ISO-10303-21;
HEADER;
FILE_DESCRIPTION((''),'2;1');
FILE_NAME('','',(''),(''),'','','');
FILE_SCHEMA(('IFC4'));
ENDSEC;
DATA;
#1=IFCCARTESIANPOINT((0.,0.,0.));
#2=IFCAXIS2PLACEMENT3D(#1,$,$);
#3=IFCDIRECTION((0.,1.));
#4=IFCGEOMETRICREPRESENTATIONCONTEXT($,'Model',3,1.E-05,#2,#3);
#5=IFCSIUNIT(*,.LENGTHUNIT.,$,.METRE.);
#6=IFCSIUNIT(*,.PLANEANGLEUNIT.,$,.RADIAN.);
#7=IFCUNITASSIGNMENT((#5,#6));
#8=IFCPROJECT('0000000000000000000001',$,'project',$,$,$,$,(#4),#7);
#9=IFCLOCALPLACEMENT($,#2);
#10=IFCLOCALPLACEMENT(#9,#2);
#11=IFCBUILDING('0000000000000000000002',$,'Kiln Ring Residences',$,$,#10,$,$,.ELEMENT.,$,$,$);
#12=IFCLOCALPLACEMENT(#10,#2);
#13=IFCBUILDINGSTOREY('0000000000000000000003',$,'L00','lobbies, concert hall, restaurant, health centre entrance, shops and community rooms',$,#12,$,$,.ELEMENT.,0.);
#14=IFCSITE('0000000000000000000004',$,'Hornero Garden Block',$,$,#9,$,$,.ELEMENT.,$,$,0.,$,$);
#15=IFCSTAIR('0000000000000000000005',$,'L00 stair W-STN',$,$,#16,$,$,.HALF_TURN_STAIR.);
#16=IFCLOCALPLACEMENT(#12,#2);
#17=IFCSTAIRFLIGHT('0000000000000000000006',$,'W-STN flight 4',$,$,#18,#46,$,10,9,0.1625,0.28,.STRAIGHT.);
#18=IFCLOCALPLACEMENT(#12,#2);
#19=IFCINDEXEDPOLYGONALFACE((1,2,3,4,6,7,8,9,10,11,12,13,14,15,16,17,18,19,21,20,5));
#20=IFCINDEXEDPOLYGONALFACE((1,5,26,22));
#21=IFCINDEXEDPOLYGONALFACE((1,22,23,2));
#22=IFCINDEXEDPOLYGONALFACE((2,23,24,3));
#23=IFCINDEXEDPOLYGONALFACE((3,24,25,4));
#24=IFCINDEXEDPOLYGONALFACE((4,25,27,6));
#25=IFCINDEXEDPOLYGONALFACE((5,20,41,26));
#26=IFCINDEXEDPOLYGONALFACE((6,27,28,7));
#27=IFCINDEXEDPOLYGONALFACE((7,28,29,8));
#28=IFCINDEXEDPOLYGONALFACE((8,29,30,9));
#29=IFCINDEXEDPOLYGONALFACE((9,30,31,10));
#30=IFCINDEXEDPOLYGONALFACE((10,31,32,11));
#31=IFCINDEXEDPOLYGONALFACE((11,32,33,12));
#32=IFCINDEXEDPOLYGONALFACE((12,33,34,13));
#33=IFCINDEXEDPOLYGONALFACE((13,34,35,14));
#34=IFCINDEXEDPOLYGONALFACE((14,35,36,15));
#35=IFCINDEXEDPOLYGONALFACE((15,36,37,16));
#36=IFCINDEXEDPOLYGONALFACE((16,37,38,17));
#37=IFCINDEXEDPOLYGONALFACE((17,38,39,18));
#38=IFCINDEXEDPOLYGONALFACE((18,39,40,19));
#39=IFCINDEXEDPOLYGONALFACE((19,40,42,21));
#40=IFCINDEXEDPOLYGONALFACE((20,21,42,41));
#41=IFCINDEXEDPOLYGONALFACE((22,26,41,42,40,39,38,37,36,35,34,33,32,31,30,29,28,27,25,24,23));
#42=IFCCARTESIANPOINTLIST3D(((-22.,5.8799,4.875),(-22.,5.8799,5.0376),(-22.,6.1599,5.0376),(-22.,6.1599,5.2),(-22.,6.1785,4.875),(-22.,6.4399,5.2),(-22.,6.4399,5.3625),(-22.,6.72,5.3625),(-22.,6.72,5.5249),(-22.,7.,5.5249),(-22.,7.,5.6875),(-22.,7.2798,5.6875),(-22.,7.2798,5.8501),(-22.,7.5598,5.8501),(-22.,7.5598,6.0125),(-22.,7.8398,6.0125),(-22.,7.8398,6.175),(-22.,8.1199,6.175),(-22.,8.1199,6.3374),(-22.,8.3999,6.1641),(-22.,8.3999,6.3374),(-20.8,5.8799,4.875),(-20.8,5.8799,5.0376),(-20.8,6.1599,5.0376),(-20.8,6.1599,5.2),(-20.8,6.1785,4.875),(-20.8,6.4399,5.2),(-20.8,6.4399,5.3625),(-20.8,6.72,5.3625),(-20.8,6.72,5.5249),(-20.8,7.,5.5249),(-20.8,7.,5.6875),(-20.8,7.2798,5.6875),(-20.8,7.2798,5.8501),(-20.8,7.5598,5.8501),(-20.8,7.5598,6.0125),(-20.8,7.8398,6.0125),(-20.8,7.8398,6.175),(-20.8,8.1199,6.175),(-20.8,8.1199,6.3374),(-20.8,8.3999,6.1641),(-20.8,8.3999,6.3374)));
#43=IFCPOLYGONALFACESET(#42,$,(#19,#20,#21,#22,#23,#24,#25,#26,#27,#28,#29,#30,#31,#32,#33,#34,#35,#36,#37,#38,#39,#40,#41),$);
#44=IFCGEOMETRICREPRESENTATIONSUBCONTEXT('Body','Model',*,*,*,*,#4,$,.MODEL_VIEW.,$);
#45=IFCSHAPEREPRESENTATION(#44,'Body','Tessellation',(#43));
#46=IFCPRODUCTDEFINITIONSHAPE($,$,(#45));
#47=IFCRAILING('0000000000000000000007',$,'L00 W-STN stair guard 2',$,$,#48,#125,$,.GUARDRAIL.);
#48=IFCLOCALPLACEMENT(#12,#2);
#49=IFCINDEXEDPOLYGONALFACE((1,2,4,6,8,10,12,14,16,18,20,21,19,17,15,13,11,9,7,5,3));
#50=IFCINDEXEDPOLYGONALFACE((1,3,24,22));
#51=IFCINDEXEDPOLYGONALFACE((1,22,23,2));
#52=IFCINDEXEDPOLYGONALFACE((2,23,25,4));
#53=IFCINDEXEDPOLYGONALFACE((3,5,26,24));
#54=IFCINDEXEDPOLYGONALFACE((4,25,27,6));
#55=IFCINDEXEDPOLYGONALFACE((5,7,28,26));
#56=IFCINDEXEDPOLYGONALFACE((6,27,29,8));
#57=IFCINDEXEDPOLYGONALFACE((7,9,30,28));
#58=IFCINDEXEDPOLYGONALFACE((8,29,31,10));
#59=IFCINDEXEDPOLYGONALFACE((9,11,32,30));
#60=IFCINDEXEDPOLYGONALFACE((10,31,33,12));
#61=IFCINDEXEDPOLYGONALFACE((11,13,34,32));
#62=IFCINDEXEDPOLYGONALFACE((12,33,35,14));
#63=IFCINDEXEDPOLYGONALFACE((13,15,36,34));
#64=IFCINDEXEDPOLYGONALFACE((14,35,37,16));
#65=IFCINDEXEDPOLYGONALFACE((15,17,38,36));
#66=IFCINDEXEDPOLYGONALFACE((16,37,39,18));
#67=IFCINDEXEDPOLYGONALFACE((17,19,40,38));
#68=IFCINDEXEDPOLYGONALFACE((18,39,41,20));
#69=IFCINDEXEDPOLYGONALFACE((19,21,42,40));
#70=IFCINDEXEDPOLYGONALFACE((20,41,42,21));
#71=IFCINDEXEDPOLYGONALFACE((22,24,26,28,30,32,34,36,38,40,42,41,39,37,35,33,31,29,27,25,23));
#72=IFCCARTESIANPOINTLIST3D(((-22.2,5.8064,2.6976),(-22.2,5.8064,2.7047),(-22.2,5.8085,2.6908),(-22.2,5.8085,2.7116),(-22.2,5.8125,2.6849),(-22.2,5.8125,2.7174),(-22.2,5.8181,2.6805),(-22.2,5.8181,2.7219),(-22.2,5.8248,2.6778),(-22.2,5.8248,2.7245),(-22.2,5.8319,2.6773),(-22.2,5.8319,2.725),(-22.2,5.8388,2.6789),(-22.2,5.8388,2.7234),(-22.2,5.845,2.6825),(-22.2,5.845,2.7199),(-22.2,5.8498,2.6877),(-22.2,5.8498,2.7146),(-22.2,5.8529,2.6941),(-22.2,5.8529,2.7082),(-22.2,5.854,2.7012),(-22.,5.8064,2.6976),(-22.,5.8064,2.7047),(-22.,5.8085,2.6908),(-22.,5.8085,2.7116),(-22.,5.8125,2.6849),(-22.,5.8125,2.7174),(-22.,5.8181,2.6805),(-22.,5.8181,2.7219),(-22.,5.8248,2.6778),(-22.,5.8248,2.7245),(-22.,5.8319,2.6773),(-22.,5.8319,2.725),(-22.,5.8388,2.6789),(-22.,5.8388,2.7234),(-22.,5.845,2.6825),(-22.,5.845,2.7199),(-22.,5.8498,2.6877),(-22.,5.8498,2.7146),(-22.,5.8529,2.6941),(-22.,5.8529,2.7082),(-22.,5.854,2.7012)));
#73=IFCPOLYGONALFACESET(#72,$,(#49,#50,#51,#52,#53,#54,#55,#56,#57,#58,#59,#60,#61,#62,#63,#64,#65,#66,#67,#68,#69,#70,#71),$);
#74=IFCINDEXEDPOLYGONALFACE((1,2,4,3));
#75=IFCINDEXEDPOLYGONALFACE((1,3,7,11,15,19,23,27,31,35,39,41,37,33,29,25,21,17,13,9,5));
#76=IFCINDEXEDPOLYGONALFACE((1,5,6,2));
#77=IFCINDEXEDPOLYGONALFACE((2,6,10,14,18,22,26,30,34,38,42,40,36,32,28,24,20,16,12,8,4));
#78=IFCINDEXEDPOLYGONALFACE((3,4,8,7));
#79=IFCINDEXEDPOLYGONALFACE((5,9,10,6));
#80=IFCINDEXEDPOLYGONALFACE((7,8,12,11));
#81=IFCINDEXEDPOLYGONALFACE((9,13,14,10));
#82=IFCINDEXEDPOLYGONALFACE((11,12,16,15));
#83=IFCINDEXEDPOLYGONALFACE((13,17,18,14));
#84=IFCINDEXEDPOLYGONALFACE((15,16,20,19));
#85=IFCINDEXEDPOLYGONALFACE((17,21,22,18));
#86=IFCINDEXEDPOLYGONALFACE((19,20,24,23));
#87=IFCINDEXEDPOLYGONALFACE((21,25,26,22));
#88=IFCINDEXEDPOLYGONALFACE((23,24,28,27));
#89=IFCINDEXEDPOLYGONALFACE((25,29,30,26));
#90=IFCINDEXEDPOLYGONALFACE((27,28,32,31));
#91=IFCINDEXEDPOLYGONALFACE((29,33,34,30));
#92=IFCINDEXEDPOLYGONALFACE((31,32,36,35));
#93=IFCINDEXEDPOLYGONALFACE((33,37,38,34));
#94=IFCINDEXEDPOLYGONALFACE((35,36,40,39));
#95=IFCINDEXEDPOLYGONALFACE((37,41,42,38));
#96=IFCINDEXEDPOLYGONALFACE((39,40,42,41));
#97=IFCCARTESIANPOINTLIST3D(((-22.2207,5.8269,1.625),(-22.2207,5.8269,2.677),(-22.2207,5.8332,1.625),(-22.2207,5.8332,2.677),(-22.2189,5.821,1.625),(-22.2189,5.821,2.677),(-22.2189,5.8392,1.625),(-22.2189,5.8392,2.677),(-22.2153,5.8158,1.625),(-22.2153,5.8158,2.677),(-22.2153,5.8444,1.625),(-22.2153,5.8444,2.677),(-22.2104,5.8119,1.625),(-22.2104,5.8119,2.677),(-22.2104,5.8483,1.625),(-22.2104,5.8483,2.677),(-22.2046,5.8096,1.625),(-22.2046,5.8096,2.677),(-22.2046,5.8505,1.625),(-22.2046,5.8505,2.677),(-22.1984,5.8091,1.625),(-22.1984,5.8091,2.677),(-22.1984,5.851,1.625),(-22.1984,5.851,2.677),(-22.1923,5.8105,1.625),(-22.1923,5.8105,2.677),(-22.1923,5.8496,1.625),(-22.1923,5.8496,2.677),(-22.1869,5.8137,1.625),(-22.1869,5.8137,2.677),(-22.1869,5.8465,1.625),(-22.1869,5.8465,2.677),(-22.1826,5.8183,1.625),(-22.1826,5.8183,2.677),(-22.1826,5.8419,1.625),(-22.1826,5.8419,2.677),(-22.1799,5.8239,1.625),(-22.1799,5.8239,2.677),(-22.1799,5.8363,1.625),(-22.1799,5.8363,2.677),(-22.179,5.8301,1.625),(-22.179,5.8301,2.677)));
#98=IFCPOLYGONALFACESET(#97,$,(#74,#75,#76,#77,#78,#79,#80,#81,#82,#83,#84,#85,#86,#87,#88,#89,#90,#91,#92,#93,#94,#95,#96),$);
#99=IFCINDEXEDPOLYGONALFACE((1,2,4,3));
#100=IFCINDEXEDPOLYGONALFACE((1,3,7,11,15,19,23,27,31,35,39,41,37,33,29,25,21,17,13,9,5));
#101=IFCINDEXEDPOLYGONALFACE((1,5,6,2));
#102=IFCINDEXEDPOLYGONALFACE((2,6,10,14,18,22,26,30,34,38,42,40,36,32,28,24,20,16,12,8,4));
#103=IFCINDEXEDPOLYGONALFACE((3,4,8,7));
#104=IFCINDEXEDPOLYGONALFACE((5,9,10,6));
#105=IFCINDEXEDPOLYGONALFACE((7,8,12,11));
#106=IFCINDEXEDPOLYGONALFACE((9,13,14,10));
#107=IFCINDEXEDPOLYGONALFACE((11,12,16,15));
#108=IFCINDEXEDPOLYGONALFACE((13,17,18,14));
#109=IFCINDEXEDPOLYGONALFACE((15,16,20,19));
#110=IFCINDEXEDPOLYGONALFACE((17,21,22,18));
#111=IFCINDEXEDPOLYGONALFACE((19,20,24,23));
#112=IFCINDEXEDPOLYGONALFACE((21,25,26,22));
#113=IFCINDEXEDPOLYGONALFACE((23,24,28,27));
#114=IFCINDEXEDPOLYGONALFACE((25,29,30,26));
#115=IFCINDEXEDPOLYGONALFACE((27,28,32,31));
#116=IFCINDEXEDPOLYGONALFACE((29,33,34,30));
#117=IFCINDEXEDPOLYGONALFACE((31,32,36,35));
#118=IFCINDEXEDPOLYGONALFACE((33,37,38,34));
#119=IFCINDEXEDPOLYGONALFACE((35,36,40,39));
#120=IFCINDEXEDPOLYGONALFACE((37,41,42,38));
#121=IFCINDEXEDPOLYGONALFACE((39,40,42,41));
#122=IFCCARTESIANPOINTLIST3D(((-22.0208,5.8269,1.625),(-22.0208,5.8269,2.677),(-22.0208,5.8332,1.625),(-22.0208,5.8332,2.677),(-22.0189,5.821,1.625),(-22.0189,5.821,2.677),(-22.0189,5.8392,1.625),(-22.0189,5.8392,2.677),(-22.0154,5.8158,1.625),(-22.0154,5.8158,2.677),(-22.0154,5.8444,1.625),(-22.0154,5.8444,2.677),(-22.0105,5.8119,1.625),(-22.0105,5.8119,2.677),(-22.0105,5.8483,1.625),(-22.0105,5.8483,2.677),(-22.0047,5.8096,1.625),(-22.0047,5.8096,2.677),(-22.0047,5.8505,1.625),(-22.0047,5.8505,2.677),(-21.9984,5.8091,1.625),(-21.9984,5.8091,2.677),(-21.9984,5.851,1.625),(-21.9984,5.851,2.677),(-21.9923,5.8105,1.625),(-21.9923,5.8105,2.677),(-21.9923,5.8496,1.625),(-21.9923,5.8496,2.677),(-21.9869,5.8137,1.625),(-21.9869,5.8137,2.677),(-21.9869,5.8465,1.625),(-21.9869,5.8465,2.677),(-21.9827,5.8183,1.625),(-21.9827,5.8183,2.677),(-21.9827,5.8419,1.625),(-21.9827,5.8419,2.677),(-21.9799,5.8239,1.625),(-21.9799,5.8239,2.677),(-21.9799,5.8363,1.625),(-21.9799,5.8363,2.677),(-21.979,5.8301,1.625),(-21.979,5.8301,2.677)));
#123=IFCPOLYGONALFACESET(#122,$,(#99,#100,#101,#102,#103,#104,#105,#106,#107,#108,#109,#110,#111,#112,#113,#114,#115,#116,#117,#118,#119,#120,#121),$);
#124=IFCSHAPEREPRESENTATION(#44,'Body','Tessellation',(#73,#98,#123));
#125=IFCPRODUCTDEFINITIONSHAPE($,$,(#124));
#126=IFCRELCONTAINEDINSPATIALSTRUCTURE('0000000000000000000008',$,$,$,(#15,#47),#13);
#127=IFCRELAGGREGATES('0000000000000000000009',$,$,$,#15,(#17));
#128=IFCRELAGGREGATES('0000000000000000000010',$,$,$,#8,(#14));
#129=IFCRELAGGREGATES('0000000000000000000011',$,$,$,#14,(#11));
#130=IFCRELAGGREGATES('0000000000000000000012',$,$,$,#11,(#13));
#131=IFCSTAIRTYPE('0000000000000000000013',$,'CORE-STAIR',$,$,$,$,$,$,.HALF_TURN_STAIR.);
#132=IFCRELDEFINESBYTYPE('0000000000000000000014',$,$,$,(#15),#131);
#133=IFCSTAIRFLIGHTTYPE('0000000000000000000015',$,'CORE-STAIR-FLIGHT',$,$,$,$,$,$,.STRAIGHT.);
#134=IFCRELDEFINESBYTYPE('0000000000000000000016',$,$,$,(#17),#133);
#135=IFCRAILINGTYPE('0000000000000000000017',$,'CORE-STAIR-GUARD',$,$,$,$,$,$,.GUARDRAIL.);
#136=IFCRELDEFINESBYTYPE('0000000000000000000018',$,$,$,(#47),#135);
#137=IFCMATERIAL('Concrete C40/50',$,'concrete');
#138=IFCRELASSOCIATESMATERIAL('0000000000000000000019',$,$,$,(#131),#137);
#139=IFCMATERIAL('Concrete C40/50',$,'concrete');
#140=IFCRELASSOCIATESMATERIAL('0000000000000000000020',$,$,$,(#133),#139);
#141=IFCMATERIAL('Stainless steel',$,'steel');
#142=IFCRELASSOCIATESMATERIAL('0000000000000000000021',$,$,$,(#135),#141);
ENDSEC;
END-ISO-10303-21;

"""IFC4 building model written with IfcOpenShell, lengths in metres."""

from ifc_helpers import new_model, si_unit, direction, frame, origin, origin_2d, place, context, subcontext, project, spatial, polyline, circle, outline, extrude, material, type_object, element, aggregate, save


model = new_model("IFC4")

# Units and contexts
model_context = context("Model", 3, precision=1e-05, world=origin(), true_north=direction((0.0, 1.0)))
body_context = subcontext(model_context, "Body", "Model", "MODEL_VIEW")
ifc_project = project(units=[si_unit("LENGTHUNIT", "METRE"), si_unit("PLANEANGLEUNIT", "RADIAN")], contexts=[model_context])

# Site, building, storey
site_placement = place(None, origin())
site = spatial("IfcSite", under=ifc_project, at=site_placement, Name="Hornero Garden Block", CompositionType="ELEMENT", RefElevation=0.0)
building_placement = place(site_placement, origin())
building = spatial("IfcBuilding", under=site, at=building_placement, Name="Kiln Ring Residences", CompositionType="ELEMENT")
storey_placement = place(building_placement, origin())
storey = spatial("IfcBuildingStorey", under=building, at=storey_placement, Name="L00", Description="lobbies, concert hall, restaurant, health centre entrance, shops and community rooms", CompositionType="ELEMENT", Elevation=0.0)

# Shared definitions
placement = place(storey_placement, origin())

# Stair, stair flight
ifc_material_1 = material(Name="Concrete C40/50", Category="concrete")
stair_type = type_object("IfcStairType", Name="CORE-STAIR", PredefinedType="HALF_TURN_STAIR", material=ifc_material_1)
stair = element("IfcStair", 1, at=placement, inside=storey, type_object=stair_type, Name="L00 stair W-STN", PredefinedType="HALF_TURN_STAIR")
ifc_material_2 = material(Name="Concrete C40/50", Category="concrete")
stair_flight_type = type_object("IfcStairFlightType", Name="CORE-STAIR-FLIGHT", PredefinedType="STRAIGHT", material=ifc_material_2)
stair_flight_1_placement = place(storey_placement, frame((-21.3999, 5.8799, 4.875), z_axis=(0.0, 0.0, 1.0), x_axis=(0.0, 1.0, 0.0)))
stair_flight_1 = element("IfcStairFlight", 2, at=stair_flight_1_placement, type_object=stair_flight_type, Name="W-STN flight 4", NumberOfRisers=10, NumberOfTreads=9, PredefinedType="STRAIGHT", RiserHeight=0.1625, TreadLength=0.28, context=body_context, shape_type="SweptSolid", body=[
    extrude(outline(polyline([(0.0, 0.0), (0.0, 0.1626), (0.28, 0.1626), (0.28, 0.325), (0.5601, 0.325), (0.5601, 0.4875), (0.8401, 0.4875), (0.8401, 0.6499), (1.1201, 0.6499), (1.1201, 0.8125), (1.3999, 0.8125), (1.3999, 0.9751), (1.6799, 0.9751), (1.6799, 1.1375), (1.96, 1.1375), (1.96, 1.3), (2.24, 1.3), (2.24, 1.4624), (2.52, 1.4624), (2.52, 1.625), (2.52, 1.2891), (0.2986, 0.0), (0.0, 0.0)])), frame((0.0, 0.6001, 0.0), z_axis=(0.0, -1.0, 0.0), x_axis=(1.0, 0.0, 0.0)), (0.0, 0.0, 1.0), 1.2),
])
aggregate(stair, [stair_flight_1])

# Railing
ifc_material_3 = material(Name="Stainless steel", Category="steel")
railing_type_1 = type_object("IfcRailingType", Name="CORE-STAIR-GUARD", PredefinedType="GUARDRAIL", material=ifc_material_3)
railing_1_placement = place(storey_placement, frame((-22.2, 5.8301, 1.625)))
element("IfcRailing", 3, at=railing_1_placement, inside=storey, type_object=railing_type_1, Name="L00 W-STN stair guard 2", PredefinedType="GUARDRAIL", context=body_context, shape_type="SweptSolid", body=[
    extrude(circle(Radius=0.0239, at=origin_2d()), frame((0.0, 0.0, 1.0762), z_axis=(1.0, 0.0, 0.0), x_axis=(0.0, 1.0, 0.0)), (0.0, 0.0, 1.0), 0.2),
    extrude(circle(Radius=0.021, at=origin_2d()), origin(), (0.0, 0.0, 1.0), 1.052),
    extrude(circle(Radius=0.021, at=origin_2d()), frame((0.2, 0.0, 0.0)), (0.0, 0.0, 1.0), 1.052),
])

save(model, "model.ifc")
